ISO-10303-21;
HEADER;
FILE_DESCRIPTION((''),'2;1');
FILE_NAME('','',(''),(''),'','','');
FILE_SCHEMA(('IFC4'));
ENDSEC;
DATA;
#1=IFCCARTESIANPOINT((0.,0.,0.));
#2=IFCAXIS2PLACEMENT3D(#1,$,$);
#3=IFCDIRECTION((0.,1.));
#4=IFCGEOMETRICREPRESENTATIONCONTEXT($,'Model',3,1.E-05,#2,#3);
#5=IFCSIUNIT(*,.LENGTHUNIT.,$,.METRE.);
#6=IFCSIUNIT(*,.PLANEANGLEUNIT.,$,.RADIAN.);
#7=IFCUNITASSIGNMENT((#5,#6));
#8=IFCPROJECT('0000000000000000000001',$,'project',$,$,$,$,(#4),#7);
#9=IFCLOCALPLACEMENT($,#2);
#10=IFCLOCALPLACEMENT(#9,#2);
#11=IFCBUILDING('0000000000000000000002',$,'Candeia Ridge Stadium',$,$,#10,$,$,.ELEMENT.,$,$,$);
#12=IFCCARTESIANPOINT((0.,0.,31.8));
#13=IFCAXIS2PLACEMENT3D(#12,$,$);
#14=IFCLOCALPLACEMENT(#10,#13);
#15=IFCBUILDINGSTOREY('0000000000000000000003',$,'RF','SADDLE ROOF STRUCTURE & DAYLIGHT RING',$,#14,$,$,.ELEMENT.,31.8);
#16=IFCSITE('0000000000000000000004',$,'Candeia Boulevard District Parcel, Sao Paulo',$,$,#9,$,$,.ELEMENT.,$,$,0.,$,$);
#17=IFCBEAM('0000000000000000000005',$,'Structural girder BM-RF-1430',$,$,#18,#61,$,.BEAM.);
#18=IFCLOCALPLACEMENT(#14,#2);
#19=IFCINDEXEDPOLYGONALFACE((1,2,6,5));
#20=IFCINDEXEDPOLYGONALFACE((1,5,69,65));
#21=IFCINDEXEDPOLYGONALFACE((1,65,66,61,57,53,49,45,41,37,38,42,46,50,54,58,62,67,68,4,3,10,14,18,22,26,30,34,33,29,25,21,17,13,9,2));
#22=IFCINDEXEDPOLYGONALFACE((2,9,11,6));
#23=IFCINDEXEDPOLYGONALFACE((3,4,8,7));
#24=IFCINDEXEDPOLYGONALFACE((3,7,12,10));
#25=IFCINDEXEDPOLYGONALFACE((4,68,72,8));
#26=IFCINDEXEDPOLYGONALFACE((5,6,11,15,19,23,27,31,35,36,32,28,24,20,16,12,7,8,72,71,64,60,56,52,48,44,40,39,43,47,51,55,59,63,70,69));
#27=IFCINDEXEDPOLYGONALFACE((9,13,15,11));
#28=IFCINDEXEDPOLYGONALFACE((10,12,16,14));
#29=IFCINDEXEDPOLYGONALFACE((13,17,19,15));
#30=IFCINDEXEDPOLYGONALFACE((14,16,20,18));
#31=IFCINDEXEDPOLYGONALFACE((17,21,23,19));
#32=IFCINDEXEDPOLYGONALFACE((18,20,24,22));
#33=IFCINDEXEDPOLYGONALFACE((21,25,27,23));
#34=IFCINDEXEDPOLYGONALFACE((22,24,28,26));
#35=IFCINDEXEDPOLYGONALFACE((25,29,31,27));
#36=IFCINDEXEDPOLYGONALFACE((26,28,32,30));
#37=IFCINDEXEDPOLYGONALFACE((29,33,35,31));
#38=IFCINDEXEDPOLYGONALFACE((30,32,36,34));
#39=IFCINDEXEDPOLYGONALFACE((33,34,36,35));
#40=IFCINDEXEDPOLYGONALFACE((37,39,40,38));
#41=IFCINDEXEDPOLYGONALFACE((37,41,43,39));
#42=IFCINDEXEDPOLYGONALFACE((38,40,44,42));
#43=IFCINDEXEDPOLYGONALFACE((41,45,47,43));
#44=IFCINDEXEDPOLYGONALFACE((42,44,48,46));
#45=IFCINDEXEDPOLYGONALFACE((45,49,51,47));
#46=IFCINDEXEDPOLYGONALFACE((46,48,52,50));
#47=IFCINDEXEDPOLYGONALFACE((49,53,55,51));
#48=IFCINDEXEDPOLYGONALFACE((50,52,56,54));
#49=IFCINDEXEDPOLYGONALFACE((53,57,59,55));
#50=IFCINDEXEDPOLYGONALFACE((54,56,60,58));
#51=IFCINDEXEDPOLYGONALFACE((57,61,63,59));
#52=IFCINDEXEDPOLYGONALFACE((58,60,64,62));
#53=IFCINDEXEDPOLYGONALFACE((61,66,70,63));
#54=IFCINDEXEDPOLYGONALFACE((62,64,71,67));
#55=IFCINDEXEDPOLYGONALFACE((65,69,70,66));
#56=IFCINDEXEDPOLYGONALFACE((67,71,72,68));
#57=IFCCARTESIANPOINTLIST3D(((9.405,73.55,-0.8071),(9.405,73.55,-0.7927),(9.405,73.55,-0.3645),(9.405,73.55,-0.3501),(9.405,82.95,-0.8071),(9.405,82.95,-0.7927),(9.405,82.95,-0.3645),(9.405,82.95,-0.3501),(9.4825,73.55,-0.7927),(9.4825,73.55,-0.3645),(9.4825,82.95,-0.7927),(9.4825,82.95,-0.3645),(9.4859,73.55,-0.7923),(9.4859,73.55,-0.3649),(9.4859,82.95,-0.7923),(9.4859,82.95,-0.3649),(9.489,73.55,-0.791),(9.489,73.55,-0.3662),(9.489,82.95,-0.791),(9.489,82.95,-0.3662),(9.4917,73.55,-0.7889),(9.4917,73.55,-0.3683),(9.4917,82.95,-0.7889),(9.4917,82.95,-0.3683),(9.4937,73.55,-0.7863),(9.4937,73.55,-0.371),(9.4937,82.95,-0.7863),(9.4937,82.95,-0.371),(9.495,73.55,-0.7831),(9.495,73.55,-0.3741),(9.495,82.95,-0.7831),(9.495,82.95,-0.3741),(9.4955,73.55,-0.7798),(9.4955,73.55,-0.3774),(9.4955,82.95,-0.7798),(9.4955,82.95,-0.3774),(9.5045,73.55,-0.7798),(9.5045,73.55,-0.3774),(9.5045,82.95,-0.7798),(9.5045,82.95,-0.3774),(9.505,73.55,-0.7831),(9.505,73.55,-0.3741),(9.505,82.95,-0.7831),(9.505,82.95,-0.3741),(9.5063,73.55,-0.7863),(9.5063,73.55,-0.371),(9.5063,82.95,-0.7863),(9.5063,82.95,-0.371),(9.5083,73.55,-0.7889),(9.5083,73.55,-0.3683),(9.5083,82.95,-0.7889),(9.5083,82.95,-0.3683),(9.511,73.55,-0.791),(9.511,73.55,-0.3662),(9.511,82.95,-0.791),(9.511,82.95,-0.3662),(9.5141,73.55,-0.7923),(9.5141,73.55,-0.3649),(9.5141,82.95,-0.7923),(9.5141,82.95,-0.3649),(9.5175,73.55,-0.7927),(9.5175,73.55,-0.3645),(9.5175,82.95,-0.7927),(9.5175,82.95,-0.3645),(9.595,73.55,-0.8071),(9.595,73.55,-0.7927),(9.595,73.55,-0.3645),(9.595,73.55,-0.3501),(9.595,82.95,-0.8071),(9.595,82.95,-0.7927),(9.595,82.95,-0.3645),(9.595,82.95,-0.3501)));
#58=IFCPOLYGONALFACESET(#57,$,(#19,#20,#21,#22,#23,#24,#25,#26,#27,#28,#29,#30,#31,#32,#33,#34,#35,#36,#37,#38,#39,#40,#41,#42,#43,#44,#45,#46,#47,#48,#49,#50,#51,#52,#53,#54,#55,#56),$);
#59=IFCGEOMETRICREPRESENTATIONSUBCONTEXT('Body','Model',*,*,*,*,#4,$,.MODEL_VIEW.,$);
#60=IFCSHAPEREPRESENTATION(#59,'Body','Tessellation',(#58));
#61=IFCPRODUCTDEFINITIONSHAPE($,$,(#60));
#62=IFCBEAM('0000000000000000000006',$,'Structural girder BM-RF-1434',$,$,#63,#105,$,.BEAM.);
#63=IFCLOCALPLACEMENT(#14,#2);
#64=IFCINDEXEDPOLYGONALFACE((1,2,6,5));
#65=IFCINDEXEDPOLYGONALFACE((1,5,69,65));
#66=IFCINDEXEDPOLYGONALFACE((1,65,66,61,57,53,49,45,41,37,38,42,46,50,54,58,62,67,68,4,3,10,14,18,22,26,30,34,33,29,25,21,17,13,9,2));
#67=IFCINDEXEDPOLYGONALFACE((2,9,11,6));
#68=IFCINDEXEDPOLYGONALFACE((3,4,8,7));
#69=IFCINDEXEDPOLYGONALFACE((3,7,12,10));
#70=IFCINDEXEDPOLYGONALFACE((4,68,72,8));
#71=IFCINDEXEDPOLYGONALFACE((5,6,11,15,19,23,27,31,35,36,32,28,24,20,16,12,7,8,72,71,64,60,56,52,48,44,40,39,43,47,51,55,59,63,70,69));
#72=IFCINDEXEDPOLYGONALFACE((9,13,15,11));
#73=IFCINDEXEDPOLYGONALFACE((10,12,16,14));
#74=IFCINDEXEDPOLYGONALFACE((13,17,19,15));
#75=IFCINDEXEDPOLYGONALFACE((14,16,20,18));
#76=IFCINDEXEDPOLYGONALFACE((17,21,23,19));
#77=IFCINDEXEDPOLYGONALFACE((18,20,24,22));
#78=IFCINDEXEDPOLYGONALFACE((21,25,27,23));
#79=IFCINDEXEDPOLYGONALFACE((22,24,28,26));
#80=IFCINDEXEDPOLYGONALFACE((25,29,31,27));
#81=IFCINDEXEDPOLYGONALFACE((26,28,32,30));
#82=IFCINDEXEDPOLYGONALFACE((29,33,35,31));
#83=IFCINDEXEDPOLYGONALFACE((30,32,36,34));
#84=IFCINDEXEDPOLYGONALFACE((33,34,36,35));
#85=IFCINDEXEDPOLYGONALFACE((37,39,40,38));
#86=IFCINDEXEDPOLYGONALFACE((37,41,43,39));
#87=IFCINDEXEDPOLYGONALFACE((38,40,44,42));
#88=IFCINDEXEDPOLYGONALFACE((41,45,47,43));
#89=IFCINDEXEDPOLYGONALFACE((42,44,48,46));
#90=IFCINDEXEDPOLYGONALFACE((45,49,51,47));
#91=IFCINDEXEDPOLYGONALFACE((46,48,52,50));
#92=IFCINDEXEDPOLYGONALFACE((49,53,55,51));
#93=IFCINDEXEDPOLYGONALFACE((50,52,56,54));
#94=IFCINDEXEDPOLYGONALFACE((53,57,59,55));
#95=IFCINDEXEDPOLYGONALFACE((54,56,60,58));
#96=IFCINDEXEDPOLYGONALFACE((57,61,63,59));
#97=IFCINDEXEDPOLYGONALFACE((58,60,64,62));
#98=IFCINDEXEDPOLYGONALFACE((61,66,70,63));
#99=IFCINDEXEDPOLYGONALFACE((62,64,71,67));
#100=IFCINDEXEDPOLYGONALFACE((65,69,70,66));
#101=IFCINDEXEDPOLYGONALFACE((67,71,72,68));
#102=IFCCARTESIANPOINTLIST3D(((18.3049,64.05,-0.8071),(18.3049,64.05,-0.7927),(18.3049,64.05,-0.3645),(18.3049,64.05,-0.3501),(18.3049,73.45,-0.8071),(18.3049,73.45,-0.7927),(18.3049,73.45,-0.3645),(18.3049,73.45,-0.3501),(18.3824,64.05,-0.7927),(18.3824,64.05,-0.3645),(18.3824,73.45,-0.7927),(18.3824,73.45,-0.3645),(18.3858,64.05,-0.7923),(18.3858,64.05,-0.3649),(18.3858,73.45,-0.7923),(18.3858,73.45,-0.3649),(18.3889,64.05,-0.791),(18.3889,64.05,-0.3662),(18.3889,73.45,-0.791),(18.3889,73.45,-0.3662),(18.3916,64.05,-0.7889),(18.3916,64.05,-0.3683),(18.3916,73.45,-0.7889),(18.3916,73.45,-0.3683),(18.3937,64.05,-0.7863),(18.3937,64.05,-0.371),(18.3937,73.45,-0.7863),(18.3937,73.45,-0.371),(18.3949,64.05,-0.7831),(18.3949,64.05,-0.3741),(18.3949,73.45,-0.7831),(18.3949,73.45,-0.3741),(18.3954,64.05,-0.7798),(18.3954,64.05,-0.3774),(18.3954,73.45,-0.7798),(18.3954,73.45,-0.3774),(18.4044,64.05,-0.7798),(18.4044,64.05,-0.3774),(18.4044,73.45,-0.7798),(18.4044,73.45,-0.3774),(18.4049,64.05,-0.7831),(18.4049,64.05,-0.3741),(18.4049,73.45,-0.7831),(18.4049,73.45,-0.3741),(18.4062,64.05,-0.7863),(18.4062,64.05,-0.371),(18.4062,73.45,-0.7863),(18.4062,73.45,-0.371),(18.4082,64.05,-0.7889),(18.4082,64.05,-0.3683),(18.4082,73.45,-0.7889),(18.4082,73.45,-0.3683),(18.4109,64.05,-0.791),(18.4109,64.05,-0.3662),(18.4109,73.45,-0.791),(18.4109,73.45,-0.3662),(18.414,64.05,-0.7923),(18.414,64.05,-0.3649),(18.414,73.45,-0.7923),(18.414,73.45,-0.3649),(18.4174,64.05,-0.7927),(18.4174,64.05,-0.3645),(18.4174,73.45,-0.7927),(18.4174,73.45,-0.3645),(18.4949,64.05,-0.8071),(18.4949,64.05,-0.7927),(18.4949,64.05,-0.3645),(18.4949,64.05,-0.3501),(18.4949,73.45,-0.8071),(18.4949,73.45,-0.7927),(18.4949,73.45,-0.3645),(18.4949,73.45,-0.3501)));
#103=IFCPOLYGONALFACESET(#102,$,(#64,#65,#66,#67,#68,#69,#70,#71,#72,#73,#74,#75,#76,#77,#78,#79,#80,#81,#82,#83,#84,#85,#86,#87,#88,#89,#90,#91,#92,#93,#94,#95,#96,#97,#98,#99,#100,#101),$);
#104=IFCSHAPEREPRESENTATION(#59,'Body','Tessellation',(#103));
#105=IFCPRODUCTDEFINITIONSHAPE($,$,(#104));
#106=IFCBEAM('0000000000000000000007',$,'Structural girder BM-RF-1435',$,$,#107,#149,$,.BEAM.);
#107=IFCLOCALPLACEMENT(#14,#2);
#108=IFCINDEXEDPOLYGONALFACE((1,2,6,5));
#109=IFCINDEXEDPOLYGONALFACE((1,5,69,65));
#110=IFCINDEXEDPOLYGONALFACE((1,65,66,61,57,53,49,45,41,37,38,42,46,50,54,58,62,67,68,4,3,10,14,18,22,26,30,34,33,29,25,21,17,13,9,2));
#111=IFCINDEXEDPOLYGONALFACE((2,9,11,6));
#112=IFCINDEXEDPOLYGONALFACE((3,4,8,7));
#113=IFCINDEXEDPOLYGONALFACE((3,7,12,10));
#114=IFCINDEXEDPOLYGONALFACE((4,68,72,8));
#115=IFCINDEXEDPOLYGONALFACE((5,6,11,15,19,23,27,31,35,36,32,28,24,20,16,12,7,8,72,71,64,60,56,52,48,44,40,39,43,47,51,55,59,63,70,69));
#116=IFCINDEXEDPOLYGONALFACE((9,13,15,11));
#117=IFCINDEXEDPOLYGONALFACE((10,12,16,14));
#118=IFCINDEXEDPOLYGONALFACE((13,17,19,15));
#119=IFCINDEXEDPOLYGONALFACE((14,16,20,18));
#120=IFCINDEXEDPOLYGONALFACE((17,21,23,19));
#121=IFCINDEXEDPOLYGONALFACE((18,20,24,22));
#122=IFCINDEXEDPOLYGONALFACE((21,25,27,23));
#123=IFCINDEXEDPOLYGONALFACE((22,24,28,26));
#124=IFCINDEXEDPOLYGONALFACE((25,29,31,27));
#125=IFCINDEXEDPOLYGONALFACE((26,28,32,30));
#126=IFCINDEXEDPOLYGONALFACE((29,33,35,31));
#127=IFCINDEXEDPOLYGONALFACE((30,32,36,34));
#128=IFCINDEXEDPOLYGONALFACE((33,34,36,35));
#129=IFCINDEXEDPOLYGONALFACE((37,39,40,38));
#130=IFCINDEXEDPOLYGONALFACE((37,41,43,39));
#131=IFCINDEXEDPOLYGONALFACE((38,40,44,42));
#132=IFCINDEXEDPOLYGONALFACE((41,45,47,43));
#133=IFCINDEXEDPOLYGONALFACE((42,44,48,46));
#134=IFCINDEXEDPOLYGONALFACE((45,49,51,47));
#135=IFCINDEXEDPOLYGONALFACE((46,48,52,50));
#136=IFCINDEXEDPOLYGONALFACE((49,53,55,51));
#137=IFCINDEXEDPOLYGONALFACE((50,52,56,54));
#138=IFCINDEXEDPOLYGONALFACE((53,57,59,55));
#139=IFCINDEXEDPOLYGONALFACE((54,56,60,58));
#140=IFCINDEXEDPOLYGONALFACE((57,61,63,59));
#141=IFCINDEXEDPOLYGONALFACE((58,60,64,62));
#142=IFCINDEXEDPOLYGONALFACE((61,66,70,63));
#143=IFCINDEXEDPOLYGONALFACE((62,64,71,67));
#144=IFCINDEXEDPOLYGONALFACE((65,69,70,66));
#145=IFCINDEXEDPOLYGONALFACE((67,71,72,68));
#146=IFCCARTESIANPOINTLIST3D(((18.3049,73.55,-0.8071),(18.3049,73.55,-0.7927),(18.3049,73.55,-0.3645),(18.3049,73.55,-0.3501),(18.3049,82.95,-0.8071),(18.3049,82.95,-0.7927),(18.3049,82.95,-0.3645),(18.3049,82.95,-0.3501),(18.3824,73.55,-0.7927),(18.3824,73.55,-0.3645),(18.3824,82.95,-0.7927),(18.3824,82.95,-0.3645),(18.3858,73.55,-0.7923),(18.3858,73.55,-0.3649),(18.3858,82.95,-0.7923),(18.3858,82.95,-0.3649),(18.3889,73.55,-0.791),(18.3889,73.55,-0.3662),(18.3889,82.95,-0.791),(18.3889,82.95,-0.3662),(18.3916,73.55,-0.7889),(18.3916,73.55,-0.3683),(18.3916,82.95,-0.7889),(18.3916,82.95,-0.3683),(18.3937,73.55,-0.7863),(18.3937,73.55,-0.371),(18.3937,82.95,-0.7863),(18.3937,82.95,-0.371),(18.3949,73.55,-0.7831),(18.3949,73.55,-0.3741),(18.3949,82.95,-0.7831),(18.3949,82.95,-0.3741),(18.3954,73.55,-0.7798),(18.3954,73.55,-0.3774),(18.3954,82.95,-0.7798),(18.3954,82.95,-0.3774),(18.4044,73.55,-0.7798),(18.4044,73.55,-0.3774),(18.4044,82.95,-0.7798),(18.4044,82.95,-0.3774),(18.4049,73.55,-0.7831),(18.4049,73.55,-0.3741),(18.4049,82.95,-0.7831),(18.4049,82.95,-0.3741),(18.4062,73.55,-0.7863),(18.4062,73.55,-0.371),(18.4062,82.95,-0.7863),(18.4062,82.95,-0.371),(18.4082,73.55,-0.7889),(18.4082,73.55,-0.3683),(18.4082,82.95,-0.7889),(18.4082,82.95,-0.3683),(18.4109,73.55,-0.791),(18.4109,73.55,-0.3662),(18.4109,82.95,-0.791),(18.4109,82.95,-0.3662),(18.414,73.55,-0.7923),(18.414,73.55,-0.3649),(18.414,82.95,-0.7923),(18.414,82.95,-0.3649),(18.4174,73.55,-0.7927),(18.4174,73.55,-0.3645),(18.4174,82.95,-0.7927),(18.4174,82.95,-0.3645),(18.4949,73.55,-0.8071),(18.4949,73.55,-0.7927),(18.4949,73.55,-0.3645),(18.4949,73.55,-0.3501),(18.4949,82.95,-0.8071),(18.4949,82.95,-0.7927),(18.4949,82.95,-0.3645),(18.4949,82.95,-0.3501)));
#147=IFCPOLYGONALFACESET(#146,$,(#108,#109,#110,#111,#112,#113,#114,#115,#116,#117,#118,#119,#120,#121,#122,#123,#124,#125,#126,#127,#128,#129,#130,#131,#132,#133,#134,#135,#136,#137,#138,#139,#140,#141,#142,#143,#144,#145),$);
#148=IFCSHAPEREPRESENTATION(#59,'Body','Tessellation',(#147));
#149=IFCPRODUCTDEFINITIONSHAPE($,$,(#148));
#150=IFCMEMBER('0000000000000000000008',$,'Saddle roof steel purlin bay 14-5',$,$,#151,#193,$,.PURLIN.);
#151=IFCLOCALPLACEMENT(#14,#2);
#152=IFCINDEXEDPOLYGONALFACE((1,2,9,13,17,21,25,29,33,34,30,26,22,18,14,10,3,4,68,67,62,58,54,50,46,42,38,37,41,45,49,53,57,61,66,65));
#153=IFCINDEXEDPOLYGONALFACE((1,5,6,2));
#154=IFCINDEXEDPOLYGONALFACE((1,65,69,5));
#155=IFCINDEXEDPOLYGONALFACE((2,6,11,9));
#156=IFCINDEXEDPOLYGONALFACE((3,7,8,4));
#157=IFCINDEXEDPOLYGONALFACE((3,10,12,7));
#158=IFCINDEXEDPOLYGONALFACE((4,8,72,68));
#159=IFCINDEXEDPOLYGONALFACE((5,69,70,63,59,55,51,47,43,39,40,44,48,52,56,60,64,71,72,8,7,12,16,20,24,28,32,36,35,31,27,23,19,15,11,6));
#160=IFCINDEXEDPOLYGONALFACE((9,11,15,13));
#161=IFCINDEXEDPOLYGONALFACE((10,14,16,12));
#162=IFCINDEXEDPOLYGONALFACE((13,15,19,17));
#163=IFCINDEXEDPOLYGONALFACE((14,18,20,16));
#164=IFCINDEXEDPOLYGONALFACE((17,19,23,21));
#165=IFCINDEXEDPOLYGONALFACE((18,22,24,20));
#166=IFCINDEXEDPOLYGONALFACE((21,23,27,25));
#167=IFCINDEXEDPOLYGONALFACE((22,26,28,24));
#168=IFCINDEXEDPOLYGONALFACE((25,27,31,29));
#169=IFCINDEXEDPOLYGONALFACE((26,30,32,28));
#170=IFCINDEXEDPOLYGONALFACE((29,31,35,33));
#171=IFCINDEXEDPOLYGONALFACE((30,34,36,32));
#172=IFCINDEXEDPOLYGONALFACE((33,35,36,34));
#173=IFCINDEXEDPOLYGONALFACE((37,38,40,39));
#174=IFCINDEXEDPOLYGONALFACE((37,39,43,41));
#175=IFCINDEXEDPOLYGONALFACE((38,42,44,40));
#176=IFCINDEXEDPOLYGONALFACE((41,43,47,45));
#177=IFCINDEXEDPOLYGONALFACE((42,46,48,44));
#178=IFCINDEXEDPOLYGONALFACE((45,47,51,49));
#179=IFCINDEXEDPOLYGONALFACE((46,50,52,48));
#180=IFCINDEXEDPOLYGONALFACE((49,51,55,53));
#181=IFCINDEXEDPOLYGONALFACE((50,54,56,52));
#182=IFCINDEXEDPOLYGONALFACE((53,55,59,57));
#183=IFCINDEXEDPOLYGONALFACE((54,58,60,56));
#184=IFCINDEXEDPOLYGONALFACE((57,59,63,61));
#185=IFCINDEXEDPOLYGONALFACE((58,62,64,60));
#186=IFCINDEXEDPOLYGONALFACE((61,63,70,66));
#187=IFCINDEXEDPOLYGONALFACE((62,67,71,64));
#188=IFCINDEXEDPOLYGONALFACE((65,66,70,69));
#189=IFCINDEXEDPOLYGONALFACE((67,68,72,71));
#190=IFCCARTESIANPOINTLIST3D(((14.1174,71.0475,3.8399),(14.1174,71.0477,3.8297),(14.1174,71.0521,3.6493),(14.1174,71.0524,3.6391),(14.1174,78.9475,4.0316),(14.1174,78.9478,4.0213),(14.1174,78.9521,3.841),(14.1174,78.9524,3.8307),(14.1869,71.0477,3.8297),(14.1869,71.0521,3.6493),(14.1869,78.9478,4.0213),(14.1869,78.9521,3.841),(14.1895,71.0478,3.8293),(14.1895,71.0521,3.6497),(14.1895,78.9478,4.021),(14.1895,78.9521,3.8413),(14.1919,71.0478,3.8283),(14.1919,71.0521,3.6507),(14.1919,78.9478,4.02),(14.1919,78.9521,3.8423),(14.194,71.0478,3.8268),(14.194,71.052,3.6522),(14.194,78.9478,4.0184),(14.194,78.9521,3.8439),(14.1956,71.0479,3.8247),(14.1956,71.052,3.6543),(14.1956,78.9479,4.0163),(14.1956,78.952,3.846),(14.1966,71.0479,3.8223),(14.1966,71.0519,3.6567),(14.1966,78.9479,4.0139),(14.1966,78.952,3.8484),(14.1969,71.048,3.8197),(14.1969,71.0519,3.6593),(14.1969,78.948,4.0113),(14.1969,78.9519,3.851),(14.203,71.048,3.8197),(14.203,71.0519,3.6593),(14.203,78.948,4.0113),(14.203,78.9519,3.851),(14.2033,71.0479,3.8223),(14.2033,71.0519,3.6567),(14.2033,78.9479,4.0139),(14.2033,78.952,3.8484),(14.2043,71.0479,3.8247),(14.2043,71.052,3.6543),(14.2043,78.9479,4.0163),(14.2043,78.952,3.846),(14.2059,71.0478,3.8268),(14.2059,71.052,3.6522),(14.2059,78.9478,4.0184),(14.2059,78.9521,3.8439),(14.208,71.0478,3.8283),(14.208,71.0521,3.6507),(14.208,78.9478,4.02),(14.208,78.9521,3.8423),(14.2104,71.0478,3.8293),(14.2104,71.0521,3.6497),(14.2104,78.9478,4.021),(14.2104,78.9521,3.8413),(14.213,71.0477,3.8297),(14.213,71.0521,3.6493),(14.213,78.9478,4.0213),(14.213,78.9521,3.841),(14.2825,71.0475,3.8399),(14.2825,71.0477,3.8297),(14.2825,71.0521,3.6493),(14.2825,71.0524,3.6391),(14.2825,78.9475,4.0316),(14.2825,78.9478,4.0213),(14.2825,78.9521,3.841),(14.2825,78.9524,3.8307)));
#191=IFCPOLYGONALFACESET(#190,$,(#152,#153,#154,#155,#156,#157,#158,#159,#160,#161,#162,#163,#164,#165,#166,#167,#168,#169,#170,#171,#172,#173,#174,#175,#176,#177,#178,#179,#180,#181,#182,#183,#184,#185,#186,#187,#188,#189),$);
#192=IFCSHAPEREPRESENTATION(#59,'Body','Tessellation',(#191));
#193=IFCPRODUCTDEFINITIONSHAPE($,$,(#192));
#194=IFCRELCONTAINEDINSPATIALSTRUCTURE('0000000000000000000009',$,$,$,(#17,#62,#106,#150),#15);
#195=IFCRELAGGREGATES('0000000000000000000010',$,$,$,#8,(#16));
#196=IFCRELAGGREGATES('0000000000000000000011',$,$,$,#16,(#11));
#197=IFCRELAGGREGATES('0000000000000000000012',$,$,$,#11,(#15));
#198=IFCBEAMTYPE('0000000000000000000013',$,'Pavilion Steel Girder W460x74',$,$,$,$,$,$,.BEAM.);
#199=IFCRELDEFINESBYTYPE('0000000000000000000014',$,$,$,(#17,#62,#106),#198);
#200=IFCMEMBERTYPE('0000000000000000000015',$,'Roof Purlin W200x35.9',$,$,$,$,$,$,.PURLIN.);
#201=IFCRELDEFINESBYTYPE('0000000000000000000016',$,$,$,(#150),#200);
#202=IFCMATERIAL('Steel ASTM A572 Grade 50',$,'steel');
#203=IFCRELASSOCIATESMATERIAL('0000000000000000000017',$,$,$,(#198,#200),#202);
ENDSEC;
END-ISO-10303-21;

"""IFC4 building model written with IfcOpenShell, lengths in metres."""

from ifc_helpers import new_model, si_unit, direction, frame, origin, origin_2d, place, context, subcontext, project, spatial, i_section, extrude, material, material_profile, profile_set, type_object, element, save


model = new_model("IFC4")

# Units and contexts
model_context = context("Model", 3, precision=1e-05, world=origin(), true_north=direction((0.0, 1.0)))
body_context = subcontext(model_context, "Body", "Model", "MODEL_VIEW")
ifc_project = project(units=[si_unit("LENGTHUNIT", "METRE"), si_unit("PLANEANGLEUNIT", "RADIAN")], contexts=[model_context])

# Site, building, storey
site_placement = place(None, origin())
site = spatial("IfcSite", under=ifc_project, at=site_placement, Name="Candeia Boulevard District Parcel, Sao Paulo", CompositionType="ELEMENT", RefElevation=0.0)
building_placement = place(site_placement, origin())
building = spatial("IfcBuilding", under=site, at=building_placement, Name="Candeia Ridge Stadium", CompositionType="ELEMENT")
storey_placement = place(building_placement, frame((0.0, 0.0, 31.8)))
storey = spatial("IfcBuildingStorey", under=building, at=storey_placement, Name="RF", Description="SADDLE ROOF STRUCTURE & DAYLIGHT RING", CompositionType="ELEMENT", Elevation=31.8)

# Beams
ifc_material_1 = material(Name="Steel ASTM A572 Grade 50", Category="steel")
ifc_material_profile_1 = material_profile(ifc_material_1, i_section(OverallWidth=0.1899, OverallDepth=0.457, WebThickness=0.009, FlangeThickness=0.0144, FilletRadius=0.0129, at=origin_2d()), Name="W460x74", Category="steel")
ifc_profile_set_1 = profile_set([ifc_material_profile_1], Name="Steel ASTM A572 Grade 50")
beam_type_1 = type_object("IfcBeamType", Name="Pavilion Steel Girder W460x74", PredefinedType="BEAM", material=ifc_profile_set_1)
for number, where, z_axis, x_axis, name in (
    (1, (9.5, 73.55, -0.5786), (0.0, 1.0, 0.0), (-1.0, 0.0, 0.0), "Structural girder BM-RF-1430"),
    (2, (18.3999, 64.05, -0.5786), (0.0, 1.0, 0.0), (-1.0, 0.0, 0.0), "Structural girder BM-RF-1434"),
    (3, (18.3999, 73.55, -0.5786), (0.0, 1.0, 0.0), (-1.0, 0.0, 0.0), "Structural girder BM-RF-1435"),
):
    element("IfcBeam", number, at=place(storey_placement, frame(where, z_axis=z_axis, x_axis=x_axis)), inside=storey, type_object=beam_type_1, Name=name, PredefinedType="BEAM", context=body_context, shape_type="SweptSolid", body=[
        extrude(i_section(OverallWidth=0.1899, OverallDepth=0.457, WebThickness=0.009, FlangeThickness=0.0144, FilletRadius=0.0129, at=origin_2d()), origin(), (0.0, 0.0, 1.0), 9.3999),
    ])

# Member
ifc_material_profile_2 = material_profile(ifc_material_1, i_section(OverallWidth=0.165, OverallDepth=0.2009, WebThickness=0.0061, FlangeThickness=0.0103, FilletRadius=0.01, at=origin_2d()), Name="W200x35.9", Category="steel")
ifc_profile_set_2 = profile_set([ifc_material_profile_2], Name="Steel ASTM A572 Grade 50")
member_type_1 = type_object("IfcMemberType", Name="Roof Purlin W200x35.9", PredefinedType="PURLIN", material=ifc_profile_set_2)
member_1_placement = place(storey_placement, frame((14.2, 78.95, 3.9312), z_axis=(0.0, -0.999706, -0.024253), x_axis=(1.0, 0.0, 0.0)))
element("IfcMember", 4, at=member_1_placement, inside=storey, type_object=member_type_1, Name="Saddle roof steel purlin bay 14-5", PredefinedType="PURLIN", context=body_context, shape_type="SweptSolid", body=[
    extrude(i_section(OverallWidth=0.165, OverallDepth=0.2009, WebThickness=0.0061, FlangeThickness=0.0103, FilletRadius=0.01, at=origin_2d()), origin(), (0.0, 0.0, 1.0), 7.9023),
])

save(model, "model.ifc")
